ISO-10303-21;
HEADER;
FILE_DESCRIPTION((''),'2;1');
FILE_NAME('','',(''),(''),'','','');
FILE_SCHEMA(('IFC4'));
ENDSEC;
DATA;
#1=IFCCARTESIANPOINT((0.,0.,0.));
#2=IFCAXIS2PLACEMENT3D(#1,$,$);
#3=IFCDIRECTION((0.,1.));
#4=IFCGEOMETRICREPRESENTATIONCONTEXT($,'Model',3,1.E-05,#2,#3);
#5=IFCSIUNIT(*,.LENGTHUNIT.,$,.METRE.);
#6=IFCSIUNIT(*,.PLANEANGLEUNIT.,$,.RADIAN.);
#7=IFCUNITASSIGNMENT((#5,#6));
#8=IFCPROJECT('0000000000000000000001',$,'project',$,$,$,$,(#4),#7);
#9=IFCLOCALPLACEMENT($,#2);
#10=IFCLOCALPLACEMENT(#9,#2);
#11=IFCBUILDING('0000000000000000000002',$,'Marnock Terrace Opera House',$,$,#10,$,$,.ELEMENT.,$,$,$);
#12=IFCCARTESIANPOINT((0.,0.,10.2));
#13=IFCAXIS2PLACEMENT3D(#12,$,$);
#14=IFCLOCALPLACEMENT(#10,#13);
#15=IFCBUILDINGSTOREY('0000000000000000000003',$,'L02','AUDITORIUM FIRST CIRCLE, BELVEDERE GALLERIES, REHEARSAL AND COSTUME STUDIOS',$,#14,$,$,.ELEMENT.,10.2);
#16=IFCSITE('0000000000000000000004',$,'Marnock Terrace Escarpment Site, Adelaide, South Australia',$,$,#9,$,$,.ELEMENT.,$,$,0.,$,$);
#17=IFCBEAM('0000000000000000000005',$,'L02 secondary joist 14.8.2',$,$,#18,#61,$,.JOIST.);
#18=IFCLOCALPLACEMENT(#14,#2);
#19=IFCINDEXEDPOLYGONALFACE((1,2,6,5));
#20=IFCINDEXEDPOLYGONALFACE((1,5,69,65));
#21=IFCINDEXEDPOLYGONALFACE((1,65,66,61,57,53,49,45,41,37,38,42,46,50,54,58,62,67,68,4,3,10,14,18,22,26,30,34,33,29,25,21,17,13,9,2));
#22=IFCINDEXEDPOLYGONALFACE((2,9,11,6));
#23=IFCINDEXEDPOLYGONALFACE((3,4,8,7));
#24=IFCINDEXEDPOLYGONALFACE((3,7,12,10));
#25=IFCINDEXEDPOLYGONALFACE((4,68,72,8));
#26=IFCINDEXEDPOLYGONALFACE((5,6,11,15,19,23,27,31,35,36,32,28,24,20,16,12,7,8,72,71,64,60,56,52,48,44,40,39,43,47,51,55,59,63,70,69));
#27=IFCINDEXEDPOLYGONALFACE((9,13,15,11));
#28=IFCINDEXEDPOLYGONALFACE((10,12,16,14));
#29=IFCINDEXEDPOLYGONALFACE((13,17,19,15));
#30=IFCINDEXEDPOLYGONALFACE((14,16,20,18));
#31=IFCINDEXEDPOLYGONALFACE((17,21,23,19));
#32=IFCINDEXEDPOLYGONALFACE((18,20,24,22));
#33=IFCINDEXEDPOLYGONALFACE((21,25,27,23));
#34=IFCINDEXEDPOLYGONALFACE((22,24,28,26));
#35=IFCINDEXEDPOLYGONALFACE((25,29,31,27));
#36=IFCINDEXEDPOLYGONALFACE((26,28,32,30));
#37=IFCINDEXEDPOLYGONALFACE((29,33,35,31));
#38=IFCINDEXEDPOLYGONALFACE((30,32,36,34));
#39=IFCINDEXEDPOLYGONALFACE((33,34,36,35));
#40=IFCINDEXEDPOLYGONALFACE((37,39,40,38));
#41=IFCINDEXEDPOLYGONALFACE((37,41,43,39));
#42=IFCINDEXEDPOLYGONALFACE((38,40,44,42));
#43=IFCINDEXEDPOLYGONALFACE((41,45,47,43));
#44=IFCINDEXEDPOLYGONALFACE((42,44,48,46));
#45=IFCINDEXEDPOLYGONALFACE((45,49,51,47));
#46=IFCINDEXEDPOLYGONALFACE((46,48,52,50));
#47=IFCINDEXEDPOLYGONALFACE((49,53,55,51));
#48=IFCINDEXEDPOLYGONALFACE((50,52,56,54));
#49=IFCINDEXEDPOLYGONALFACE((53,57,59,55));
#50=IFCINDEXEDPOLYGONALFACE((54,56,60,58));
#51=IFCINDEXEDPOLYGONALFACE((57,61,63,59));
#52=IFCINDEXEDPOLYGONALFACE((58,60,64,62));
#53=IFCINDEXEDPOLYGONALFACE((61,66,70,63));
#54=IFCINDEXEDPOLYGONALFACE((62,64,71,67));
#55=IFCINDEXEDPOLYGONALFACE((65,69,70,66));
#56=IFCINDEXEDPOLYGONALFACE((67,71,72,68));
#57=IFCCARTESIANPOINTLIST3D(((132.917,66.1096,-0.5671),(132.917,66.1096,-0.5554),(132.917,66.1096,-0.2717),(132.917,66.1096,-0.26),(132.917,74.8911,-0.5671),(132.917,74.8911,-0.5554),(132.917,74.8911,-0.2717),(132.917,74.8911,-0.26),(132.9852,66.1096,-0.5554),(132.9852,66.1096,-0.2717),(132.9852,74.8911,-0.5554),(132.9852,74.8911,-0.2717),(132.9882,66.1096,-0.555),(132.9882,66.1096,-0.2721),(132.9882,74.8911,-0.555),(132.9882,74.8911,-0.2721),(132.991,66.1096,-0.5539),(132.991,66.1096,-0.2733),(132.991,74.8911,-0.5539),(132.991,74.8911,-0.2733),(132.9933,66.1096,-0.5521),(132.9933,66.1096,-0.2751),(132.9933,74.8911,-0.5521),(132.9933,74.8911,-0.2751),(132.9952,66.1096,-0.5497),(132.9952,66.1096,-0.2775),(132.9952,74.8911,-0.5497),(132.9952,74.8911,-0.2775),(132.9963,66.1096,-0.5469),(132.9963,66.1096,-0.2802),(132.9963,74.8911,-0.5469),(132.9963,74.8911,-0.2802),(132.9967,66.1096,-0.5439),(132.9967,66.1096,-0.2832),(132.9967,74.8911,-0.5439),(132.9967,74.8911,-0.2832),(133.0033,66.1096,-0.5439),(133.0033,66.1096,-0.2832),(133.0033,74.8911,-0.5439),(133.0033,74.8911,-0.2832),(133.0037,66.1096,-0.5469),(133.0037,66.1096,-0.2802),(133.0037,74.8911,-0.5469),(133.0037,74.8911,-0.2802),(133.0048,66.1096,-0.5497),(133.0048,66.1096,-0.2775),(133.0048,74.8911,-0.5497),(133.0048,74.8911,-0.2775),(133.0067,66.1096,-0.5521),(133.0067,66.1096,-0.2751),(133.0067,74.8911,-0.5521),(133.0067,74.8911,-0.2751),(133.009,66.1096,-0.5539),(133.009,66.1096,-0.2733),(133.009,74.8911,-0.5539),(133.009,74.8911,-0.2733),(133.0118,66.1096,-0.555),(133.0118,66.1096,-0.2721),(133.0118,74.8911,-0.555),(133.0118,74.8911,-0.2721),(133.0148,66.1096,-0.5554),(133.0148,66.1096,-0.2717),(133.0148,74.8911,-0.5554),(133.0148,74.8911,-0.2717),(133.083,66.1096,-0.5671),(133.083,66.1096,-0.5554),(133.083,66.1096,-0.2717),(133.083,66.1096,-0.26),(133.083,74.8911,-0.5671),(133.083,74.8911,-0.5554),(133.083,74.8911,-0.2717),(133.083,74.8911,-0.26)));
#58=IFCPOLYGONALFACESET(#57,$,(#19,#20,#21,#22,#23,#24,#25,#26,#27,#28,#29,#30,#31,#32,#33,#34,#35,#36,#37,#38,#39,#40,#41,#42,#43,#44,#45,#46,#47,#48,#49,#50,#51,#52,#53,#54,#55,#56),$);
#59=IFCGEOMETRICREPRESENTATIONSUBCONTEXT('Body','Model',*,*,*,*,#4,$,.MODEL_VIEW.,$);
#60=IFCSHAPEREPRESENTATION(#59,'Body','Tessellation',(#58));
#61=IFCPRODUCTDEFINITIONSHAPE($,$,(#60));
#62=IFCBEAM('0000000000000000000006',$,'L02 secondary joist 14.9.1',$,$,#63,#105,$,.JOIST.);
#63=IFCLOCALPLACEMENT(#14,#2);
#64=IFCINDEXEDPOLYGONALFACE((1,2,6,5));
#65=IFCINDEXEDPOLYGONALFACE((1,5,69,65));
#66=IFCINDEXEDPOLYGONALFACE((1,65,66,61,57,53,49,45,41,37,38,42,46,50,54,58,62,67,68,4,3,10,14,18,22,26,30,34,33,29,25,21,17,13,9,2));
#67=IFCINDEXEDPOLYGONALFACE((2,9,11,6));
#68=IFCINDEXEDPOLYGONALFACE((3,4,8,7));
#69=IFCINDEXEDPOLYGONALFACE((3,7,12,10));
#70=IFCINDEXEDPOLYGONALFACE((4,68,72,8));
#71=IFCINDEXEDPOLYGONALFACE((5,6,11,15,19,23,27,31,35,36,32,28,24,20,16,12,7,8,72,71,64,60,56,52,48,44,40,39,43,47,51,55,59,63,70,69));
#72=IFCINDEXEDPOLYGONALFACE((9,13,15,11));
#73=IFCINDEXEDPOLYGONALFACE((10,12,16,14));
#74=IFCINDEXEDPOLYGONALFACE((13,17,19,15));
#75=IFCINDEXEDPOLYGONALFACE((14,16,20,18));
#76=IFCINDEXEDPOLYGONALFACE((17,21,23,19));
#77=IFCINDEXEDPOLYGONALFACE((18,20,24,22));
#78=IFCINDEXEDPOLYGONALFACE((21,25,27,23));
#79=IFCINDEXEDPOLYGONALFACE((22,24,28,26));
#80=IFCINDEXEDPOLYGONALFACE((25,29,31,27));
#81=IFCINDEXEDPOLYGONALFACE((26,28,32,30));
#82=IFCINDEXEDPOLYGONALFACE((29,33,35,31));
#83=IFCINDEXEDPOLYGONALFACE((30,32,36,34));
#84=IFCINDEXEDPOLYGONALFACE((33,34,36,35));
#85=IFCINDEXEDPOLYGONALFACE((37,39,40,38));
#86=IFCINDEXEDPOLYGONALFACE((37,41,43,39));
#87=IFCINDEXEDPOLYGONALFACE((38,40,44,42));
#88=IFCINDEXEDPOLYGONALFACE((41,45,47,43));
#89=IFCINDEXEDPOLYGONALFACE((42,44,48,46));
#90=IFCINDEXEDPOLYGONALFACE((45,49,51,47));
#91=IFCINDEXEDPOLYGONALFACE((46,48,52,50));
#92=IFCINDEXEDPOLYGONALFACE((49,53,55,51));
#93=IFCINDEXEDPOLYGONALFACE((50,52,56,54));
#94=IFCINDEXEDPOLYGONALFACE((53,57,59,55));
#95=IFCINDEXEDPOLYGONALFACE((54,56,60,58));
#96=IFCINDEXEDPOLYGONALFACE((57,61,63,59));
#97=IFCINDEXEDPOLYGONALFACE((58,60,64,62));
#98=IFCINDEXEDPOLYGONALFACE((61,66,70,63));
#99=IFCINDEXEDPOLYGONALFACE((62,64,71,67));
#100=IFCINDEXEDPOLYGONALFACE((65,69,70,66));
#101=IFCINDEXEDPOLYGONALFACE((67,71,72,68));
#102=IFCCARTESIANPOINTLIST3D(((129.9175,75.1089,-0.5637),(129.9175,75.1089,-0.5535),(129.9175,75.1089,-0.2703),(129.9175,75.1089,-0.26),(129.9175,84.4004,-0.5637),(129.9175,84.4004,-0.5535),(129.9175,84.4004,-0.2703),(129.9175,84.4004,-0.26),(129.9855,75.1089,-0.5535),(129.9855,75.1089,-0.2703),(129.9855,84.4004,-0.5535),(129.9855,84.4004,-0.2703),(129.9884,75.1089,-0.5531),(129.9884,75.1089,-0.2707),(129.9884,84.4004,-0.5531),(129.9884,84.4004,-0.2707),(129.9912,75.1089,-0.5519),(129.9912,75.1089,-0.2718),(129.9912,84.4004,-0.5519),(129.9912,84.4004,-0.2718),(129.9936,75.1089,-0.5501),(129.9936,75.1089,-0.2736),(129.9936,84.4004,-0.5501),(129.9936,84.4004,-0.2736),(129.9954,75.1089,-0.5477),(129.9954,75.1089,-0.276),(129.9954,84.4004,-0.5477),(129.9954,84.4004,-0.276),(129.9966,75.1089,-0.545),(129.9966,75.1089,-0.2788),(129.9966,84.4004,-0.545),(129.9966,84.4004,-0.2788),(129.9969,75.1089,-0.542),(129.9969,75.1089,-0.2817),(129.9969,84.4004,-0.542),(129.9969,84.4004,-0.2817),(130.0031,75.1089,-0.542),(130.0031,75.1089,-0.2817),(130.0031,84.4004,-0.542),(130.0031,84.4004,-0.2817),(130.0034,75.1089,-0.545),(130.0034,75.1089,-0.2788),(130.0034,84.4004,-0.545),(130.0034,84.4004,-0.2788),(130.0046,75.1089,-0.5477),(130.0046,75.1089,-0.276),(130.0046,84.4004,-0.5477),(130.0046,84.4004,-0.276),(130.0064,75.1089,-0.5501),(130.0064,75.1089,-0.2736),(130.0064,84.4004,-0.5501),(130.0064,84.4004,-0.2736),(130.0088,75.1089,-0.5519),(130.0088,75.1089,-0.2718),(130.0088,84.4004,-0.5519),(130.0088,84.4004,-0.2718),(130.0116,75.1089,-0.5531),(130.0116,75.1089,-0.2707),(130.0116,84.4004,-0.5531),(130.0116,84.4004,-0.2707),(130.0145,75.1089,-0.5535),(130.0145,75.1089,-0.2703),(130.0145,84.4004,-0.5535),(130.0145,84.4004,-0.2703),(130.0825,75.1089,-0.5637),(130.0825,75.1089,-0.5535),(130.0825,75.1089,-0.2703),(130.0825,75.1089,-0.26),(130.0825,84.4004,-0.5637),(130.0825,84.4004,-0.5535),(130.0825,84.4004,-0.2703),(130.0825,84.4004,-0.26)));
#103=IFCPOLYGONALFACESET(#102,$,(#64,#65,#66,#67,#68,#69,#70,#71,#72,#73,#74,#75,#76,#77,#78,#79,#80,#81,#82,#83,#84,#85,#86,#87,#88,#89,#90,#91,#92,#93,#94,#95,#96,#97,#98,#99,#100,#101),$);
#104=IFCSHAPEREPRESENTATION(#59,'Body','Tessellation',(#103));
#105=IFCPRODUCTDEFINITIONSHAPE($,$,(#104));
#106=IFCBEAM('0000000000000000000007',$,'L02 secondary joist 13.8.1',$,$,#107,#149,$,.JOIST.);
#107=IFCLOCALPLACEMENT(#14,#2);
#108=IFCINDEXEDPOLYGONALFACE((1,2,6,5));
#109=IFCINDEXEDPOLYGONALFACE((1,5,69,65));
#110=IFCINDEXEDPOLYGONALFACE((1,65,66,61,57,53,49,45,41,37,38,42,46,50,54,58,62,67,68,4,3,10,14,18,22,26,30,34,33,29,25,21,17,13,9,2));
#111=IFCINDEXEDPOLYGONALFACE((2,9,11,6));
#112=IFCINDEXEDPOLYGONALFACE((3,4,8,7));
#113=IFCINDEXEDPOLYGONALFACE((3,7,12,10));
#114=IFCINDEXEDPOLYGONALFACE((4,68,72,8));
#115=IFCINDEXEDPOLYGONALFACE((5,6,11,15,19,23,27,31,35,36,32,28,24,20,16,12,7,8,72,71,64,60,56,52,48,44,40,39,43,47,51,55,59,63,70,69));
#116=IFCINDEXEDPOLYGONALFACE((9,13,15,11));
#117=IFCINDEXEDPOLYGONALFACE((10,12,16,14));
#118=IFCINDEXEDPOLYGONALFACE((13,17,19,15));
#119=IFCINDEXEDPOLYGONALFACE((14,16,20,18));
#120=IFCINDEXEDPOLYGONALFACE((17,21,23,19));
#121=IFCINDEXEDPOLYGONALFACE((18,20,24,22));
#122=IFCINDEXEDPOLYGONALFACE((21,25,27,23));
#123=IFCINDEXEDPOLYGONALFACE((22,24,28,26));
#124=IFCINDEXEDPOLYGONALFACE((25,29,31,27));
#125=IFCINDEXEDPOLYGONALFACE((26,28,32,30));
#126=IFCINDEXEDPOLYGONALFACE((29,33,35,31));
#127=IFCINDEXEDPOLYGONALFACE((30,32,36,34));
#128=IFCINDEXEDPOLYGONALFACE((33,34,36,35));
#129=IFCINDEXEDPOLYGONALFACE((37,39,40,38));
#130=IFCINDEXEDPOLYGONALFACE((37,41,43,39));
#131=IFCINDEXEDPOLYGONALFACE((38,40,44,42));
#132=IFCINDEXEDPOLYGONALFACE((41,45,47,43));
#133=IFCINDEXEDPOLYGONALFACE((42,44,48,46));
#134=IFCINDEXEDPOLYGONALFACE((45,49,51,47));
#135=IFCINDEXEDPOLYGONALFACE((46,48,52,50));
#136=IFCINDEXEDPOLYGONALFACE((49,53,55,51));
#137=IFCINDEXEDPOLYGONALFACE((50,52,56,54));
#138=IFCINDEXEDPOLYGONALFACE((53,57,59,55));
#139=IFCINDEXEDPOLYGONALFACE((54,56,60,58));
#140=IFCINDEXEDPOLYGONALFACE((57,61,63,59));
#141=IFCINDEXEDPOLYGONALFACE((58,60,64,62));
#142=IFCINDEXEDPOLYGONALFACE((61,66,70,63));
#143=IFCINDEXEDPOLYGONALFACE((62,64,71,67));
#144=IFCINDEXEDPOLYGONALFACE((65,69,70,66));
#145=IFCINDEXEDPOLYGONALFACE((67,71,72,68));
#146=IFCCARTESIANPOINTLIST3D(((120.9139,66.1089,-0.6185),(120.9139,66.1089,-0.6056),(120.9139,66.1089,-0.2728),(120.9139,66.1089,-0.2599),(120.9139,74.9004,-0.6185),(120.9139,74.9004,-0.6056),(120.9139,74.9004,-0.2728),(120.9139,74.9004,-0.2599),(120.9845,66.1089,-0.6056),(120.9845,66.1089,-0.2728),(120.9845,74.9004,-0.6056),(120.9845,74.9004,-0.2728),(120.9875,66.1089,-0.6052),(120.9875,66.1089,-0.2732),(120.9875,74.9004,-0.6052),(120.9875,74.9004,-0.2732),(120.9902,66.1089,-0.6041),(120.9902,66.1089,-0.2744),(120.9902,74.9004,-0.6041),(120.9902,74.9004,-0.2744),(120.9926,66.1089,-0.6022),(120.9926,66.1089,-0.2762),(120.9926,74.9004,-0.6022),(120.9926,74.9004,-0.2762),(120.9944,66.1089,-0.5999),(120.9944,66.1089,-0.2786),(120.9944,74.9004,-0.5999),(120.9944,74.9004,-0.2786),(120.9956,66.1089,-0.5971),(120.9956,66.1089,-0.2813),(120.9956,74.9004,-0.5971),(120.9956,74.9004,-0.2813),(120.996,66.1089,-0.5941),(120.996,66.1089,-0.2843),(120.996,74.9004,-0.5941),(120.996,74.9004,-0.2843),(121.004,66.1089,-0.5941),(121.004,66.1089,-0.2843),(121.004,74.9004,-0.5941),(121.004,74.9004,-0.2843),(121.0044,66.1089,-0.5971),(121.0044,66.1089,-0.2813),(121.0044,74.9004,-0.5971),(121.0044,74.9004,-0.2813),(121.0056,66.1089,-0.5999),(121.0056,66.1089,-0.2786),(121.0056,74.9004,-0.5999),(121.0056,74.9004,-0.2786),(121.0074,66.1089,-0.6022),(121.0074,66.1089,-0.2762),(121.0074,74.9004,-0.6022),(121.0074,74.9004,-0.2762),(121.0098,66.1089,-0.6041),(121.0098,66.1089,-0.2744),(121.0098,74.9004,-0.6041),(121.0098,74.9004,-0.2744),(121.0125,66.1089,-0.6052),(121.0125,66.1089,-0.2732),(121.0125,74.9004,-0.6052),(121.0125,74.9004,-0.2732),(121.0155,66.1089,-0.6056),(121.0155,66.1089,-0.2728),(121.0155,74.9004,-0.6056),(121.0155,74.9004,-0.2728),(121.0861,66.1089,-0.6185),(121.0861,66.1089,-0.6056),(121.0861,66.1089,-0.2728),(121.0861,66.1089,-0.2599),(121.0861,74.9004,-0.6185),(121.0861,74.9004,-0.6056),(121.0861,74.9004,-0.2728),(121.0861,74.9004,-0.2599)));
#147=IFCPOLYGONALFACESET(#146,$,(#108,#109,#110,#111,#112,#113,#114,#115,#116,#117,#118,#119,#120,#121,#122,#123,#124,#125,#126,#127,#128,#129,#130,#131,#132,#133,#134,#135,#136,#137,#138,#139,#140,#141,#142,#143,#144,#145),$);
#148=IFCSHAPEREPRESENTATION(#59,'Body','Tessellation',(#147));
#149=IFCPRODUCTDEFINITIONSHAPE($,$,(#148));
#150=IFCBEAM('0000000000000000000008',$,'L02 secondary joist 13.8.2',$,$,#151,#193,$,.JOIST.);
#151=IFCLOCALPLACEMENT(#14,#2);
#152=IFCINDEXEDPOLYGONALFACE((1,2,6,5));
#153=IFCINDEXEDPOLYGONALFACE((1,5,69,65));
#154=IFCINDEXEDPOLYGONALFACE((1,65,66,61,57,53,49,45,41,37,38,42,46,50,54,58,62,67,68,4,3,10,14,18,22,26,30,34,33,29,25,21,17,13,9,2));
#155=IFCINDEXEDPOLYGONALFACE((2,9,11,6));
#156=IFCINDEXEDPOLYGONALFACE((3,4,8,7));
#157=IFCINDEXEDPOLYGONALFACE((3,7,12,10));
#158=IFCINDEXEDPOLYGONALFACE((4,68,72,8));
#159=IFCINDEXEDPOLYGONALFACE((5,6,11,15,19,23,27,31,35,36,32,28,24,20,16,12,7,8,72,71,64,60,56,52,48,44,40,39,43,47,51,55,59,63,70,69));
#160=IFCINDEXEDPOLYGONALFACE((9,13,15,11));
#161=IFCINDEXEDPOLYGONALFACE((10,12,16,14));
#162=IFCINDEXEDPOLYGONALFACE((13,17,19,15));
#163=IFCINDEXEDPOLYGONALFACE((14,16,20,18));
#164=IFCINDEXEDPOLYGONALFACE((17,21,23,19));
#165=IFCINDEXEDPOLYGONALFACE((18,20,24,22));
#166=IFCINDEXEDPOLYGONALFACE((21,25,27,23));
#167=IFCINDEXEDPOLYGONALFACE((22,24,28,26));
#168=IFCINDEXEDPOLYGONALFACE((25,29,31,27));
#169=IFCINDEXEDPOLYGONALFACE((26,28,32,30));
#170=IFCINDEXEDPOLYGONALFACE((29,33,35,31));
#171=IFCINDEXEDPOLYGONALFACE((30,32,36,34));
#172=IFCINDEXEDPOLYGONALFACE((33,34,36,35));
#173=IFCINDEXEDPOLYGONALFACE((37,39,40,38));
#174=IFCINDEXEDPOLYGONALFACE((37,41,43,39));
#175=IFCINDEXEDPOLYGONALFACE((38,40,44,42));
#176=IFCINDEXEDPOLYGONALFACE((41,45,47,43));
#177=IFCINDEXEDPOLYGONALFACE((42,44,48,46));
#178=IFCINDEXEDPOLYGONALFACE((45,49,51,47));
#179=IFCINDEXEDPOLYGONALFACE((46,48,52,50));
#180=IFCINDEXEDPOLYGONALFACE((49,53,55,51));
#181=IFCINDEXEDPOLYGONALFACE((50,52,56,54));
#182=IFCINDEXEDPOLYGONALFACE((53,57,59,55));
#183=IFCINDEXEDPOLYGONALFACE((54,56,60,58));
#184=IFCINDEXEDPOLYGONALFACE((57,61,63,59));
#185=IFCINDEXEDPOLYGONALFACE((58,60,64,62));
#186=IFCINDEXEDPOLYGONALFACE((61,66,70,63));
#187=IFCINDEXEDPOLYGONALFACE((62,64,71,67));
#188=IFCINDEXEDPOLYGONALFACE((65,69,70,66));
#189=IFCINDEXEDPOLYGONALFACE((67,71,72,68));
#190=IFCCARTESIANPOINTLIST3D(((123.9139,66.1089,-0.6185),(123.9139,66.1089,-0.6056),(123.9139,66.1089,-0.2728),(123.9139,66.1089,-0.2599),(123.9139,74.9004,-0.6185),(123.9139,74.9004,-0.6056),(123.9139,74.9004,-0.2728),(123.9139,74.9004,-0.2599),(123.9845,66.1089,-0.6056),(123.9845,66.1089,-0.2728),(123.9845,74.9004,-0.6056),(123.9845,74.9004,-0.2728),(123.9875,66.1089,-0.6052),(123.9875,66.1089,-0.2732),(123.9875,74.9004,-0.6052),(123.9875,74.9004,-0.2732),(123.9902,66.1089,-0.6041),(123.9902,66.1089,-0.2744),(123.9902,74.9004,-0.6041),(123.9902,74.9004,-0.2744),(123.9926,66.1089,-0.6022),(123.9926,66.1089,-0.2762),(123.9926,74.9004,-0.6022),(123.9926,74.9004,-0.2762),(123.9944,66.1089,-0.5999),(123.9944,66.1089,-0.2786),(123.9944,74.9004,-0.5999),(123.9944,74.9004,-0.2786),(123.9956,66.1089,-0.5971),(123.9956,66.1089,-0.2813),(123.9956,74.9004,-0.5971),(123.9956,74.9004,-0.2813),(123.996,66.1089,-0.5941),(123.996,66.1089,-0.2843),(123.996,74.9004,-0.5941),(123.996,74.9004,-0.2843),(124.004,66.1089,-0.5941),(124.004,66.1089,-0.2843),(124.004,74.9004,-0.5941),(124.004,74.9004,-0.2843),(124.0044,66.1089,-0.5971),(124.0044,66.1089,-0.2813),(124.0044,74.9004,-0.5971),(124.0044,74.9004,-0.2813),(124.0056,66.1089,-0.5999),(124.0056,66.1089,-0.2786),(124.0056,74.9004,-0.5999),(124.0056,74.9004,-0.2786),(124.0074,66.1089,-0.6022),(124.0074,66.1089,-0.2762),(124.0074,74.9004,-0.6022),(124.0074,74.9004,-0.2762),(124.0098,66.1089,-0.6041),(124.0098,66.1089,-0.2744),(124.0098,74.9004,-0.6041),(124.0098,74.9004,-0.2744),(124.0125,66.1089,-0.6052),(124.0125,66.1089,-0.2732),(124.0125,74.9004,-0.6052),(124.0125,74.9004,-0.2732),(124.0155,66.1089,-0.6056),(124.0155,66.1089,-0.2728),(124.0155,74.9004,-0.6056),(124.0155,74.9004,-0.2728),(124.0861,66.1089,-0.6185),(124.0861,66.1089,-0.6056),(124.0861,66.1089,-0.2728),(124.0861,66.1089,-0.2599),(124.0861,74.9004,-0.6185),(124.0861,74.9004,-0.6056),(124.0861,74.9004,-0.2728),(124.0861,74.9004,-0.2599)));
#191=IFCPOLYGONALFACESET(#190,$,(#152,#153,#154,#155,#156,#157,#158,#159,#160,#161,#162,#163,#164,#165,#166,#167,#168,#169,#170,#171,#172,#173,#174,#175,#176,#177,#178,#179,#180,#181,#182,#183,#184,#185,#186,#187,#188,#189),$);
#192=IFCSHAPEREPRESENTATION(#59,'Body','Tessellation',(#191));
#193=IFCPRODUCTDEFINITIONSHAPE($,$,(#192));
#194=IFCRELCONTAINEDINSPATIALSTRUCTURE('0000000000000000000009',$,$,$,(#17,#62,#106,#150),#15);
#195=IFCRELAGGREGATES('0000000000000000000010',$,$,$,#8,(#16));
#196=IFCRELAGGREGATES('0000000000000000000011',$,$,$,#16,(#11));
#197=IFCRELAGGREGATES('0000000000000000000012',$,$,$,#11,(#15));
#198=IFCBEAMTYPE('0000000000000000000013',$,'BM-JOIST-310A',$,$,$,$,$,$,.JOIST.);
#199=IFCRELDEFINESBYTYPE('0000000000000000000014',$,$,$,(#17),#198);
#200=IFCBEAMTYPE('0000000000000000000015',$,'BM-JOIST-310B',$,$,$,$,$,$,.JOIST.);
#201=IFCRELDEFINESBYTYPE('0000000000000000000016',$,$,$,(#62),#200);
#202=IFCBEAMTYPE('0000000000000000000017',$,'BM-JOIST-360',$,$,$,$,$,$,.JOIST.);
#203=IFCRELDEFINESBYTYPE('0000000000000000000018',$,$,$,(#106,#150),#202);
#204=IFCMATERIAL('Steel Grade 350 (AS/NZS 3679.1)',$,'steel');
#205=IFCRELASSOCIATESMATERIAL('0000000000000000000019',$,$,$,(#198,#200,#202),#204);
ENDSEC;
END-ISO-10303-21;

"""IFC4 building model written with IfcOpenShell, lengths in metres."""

from ifc_helpers import new_model, si_unit, direction, frame, origin, origin_2d, place, context, subcontext, project, spatial, i_section, extrude, material, material_profile, profile_set, type_object, element, save


model = new_model("IFC4")

# Units and contexts
model_context = context("Model", 3, precision=1e-05, world=origin(), true_north=direction((0.0, 1.0)))
body_context = subcontext(model_context, "Body", "Model", "MODEL_VIEW")
ifc_project = project(units=[si_unit("LENGTHUNIT", "METRE"), si_unit("PLANEANGLEUNIT", "RADIAN")], contexts=[model_context])

# Site, building, storey
site_placement = place(None, origin())
site = spatial("IfcSite", under=ifc_project, at=site_placement, Name="Marnock Terrace Escarpment Site, Adelaide, South Australia", CompositionType="ELEMENT", RefElevation=0.0)
building_placement = place(site_placement, origin())
building = spatial("IfcBuilding", under=site, at=building_placement, Name="Marnock Terrace Opera House", CompositionType="ELEMENT")
storey_placement = place(building_placement, frame((0.0, 0.0, 10.2)))
storey = spatial("IfcBuildingStorey", under=building, at=storey_placement, Name="L02", Description="AUDITORIUM FIRST CIRCLE, BELVEDERE GALLERIES, REHEARSAL AND COSTUME STUDIOS", CompositionType="ELEMENT", Elevation=10.2)

# Beams
ifc_material_1 = material(Name="Steel Grade 350 (AS/NZS 3679.1)", Category="steel")
ifc_material_profile_1 = material_profile(ifc_material_1, i_section(OverallWidth=0.166, OverallDepth=0.3071, WebThickness=0.0066, FlangeThickness=0.0117, FilletRadius=0.0115, at=origin_2d()))
ifc_profile_set_1 = profile_set([ifc_material_profile_1], Name="Steel Grade 350 (AS/NZS 3679.1)")
beam_type_1 = type_object("IfcBeamType", Name="BM-JOIST-310A", PredefinedType="JOIST", material=ifc_profile_set_1)
for number, where, z_axis, x_axis, name in (
    (1, (133.0, 66.1096, -0.4136), (0.0, 1.0, 0.0), (-1.0, 0.0, 0.0), "L02 secondary joist 14.8.2"),
):
    element("IfcBeam", number, at=place(storey_placement, frame(where, z_axis=z_axis, x_axis=x_axis)), inside=storey, type_object=beam_type_1, Name=name, PredefinedType="JOIST", context=body_context, shape_type="SweptSolid", body=[
        extrude(i_section(OverallWidth=0.166, OverallDepth=0.3071, WebThickness=0.0066, FlangeThickness=0.0117, FilletRadius=0.0115, at=origin_2d()), origin(), (0.0, 0.0, 1.0), 8.7815),
    ])
ifc_material_profile_2 = material_profile(ifc_material_1, i_section(OverallWidth=0.165, OverallDepth=0.3037, WebThickness=0.0061, FlangeThickness=0.0103, FilletRadius=0.0115, at=origin_2d()))
ifc_profile_set_2 = profile_set([ifc_material_profile_2], Name="Steel Grade 350 (AS/NZS 3679.1)")
beam_type_2 = type_object("IfcBeamType", Name="BM-JOIST-310B", PredefinedType="JOIST", material=ifc_profile_set_2)
beam_1_placement = place(storey_placement, frame((130.0, 75.1089, -0.4119), z_axis=(0.0, 1.0, 0.0), x_axis=(-1.0, 0.0, 0.0)))
element("IfcBeam", 2, at=beam_1_placement, inside=storey, type_object=beam_type_2, Name="L02 secondary joist 14.9.1", PredefinedType="JOIST", context=body_context, shape_type="SweptSolid", body=[
    extrude(i_section(OverallWidth=0.165, OverallDepth=0.3037, WebThickness=0.0061, FlangeThickness=0.0103, FilletRadius=0.0115, at=origin_2d()), origin(), (0.0, 0.0, 1.0), 9.2915),
])
ifc_material_profile_3 = material_profile(ifc_material_1, i_section(OverallWidth=0.1721, OverallDepth=0.3586, WebThickness=0.0081, FlangeThickness=0.0129, FilletRadius=0.0115, at=origin_2d()))
ifc_profile_set_3 = profile_set([ifc_material_profile_3], Name="Steel Grade 350 (AS/NZS 3679.1)")
beam_type_3 = type_object("IfcBeamType", Name="BM-JOIST-360", PredefinedType="JOIST", material=ifc_profile_set_3)
for number, where, z_axis, x_axis, name in (
    (3, (121.0, 66.1089, -0.4392), (0.0, 1.0, 0.0), (-1.0, 0.0, 0.0), "L02 secondary joist 13.8.1"),
    (4, (124.0, 66.1089, -0.4392), (0.0, 1.0, 0.0), (-1.0, 0.0, 0.0), "L02 secondary joist 13.8.2"),
):
    element("IfcBeam", number, at=place(storey_placement, frame(where, z_axis=z_axis, x_axis=x_axis)), inside=storey, type_object=beam_type_3, Name=name, PredefinedType="JOIST", context=body_context, shape_type="SweptSolid", body=[
        extrude(i_section(OverallWidth=0.1721, OverallDepth=0.3586, WebThickness=0.0081, FlangeThickness=0.0129, FilletRadius=0.0115, at=origin_2d()), origin(), (0.0, 0.0, 1.0), 8.7915),
    ])

save(model, "model.ifc")
